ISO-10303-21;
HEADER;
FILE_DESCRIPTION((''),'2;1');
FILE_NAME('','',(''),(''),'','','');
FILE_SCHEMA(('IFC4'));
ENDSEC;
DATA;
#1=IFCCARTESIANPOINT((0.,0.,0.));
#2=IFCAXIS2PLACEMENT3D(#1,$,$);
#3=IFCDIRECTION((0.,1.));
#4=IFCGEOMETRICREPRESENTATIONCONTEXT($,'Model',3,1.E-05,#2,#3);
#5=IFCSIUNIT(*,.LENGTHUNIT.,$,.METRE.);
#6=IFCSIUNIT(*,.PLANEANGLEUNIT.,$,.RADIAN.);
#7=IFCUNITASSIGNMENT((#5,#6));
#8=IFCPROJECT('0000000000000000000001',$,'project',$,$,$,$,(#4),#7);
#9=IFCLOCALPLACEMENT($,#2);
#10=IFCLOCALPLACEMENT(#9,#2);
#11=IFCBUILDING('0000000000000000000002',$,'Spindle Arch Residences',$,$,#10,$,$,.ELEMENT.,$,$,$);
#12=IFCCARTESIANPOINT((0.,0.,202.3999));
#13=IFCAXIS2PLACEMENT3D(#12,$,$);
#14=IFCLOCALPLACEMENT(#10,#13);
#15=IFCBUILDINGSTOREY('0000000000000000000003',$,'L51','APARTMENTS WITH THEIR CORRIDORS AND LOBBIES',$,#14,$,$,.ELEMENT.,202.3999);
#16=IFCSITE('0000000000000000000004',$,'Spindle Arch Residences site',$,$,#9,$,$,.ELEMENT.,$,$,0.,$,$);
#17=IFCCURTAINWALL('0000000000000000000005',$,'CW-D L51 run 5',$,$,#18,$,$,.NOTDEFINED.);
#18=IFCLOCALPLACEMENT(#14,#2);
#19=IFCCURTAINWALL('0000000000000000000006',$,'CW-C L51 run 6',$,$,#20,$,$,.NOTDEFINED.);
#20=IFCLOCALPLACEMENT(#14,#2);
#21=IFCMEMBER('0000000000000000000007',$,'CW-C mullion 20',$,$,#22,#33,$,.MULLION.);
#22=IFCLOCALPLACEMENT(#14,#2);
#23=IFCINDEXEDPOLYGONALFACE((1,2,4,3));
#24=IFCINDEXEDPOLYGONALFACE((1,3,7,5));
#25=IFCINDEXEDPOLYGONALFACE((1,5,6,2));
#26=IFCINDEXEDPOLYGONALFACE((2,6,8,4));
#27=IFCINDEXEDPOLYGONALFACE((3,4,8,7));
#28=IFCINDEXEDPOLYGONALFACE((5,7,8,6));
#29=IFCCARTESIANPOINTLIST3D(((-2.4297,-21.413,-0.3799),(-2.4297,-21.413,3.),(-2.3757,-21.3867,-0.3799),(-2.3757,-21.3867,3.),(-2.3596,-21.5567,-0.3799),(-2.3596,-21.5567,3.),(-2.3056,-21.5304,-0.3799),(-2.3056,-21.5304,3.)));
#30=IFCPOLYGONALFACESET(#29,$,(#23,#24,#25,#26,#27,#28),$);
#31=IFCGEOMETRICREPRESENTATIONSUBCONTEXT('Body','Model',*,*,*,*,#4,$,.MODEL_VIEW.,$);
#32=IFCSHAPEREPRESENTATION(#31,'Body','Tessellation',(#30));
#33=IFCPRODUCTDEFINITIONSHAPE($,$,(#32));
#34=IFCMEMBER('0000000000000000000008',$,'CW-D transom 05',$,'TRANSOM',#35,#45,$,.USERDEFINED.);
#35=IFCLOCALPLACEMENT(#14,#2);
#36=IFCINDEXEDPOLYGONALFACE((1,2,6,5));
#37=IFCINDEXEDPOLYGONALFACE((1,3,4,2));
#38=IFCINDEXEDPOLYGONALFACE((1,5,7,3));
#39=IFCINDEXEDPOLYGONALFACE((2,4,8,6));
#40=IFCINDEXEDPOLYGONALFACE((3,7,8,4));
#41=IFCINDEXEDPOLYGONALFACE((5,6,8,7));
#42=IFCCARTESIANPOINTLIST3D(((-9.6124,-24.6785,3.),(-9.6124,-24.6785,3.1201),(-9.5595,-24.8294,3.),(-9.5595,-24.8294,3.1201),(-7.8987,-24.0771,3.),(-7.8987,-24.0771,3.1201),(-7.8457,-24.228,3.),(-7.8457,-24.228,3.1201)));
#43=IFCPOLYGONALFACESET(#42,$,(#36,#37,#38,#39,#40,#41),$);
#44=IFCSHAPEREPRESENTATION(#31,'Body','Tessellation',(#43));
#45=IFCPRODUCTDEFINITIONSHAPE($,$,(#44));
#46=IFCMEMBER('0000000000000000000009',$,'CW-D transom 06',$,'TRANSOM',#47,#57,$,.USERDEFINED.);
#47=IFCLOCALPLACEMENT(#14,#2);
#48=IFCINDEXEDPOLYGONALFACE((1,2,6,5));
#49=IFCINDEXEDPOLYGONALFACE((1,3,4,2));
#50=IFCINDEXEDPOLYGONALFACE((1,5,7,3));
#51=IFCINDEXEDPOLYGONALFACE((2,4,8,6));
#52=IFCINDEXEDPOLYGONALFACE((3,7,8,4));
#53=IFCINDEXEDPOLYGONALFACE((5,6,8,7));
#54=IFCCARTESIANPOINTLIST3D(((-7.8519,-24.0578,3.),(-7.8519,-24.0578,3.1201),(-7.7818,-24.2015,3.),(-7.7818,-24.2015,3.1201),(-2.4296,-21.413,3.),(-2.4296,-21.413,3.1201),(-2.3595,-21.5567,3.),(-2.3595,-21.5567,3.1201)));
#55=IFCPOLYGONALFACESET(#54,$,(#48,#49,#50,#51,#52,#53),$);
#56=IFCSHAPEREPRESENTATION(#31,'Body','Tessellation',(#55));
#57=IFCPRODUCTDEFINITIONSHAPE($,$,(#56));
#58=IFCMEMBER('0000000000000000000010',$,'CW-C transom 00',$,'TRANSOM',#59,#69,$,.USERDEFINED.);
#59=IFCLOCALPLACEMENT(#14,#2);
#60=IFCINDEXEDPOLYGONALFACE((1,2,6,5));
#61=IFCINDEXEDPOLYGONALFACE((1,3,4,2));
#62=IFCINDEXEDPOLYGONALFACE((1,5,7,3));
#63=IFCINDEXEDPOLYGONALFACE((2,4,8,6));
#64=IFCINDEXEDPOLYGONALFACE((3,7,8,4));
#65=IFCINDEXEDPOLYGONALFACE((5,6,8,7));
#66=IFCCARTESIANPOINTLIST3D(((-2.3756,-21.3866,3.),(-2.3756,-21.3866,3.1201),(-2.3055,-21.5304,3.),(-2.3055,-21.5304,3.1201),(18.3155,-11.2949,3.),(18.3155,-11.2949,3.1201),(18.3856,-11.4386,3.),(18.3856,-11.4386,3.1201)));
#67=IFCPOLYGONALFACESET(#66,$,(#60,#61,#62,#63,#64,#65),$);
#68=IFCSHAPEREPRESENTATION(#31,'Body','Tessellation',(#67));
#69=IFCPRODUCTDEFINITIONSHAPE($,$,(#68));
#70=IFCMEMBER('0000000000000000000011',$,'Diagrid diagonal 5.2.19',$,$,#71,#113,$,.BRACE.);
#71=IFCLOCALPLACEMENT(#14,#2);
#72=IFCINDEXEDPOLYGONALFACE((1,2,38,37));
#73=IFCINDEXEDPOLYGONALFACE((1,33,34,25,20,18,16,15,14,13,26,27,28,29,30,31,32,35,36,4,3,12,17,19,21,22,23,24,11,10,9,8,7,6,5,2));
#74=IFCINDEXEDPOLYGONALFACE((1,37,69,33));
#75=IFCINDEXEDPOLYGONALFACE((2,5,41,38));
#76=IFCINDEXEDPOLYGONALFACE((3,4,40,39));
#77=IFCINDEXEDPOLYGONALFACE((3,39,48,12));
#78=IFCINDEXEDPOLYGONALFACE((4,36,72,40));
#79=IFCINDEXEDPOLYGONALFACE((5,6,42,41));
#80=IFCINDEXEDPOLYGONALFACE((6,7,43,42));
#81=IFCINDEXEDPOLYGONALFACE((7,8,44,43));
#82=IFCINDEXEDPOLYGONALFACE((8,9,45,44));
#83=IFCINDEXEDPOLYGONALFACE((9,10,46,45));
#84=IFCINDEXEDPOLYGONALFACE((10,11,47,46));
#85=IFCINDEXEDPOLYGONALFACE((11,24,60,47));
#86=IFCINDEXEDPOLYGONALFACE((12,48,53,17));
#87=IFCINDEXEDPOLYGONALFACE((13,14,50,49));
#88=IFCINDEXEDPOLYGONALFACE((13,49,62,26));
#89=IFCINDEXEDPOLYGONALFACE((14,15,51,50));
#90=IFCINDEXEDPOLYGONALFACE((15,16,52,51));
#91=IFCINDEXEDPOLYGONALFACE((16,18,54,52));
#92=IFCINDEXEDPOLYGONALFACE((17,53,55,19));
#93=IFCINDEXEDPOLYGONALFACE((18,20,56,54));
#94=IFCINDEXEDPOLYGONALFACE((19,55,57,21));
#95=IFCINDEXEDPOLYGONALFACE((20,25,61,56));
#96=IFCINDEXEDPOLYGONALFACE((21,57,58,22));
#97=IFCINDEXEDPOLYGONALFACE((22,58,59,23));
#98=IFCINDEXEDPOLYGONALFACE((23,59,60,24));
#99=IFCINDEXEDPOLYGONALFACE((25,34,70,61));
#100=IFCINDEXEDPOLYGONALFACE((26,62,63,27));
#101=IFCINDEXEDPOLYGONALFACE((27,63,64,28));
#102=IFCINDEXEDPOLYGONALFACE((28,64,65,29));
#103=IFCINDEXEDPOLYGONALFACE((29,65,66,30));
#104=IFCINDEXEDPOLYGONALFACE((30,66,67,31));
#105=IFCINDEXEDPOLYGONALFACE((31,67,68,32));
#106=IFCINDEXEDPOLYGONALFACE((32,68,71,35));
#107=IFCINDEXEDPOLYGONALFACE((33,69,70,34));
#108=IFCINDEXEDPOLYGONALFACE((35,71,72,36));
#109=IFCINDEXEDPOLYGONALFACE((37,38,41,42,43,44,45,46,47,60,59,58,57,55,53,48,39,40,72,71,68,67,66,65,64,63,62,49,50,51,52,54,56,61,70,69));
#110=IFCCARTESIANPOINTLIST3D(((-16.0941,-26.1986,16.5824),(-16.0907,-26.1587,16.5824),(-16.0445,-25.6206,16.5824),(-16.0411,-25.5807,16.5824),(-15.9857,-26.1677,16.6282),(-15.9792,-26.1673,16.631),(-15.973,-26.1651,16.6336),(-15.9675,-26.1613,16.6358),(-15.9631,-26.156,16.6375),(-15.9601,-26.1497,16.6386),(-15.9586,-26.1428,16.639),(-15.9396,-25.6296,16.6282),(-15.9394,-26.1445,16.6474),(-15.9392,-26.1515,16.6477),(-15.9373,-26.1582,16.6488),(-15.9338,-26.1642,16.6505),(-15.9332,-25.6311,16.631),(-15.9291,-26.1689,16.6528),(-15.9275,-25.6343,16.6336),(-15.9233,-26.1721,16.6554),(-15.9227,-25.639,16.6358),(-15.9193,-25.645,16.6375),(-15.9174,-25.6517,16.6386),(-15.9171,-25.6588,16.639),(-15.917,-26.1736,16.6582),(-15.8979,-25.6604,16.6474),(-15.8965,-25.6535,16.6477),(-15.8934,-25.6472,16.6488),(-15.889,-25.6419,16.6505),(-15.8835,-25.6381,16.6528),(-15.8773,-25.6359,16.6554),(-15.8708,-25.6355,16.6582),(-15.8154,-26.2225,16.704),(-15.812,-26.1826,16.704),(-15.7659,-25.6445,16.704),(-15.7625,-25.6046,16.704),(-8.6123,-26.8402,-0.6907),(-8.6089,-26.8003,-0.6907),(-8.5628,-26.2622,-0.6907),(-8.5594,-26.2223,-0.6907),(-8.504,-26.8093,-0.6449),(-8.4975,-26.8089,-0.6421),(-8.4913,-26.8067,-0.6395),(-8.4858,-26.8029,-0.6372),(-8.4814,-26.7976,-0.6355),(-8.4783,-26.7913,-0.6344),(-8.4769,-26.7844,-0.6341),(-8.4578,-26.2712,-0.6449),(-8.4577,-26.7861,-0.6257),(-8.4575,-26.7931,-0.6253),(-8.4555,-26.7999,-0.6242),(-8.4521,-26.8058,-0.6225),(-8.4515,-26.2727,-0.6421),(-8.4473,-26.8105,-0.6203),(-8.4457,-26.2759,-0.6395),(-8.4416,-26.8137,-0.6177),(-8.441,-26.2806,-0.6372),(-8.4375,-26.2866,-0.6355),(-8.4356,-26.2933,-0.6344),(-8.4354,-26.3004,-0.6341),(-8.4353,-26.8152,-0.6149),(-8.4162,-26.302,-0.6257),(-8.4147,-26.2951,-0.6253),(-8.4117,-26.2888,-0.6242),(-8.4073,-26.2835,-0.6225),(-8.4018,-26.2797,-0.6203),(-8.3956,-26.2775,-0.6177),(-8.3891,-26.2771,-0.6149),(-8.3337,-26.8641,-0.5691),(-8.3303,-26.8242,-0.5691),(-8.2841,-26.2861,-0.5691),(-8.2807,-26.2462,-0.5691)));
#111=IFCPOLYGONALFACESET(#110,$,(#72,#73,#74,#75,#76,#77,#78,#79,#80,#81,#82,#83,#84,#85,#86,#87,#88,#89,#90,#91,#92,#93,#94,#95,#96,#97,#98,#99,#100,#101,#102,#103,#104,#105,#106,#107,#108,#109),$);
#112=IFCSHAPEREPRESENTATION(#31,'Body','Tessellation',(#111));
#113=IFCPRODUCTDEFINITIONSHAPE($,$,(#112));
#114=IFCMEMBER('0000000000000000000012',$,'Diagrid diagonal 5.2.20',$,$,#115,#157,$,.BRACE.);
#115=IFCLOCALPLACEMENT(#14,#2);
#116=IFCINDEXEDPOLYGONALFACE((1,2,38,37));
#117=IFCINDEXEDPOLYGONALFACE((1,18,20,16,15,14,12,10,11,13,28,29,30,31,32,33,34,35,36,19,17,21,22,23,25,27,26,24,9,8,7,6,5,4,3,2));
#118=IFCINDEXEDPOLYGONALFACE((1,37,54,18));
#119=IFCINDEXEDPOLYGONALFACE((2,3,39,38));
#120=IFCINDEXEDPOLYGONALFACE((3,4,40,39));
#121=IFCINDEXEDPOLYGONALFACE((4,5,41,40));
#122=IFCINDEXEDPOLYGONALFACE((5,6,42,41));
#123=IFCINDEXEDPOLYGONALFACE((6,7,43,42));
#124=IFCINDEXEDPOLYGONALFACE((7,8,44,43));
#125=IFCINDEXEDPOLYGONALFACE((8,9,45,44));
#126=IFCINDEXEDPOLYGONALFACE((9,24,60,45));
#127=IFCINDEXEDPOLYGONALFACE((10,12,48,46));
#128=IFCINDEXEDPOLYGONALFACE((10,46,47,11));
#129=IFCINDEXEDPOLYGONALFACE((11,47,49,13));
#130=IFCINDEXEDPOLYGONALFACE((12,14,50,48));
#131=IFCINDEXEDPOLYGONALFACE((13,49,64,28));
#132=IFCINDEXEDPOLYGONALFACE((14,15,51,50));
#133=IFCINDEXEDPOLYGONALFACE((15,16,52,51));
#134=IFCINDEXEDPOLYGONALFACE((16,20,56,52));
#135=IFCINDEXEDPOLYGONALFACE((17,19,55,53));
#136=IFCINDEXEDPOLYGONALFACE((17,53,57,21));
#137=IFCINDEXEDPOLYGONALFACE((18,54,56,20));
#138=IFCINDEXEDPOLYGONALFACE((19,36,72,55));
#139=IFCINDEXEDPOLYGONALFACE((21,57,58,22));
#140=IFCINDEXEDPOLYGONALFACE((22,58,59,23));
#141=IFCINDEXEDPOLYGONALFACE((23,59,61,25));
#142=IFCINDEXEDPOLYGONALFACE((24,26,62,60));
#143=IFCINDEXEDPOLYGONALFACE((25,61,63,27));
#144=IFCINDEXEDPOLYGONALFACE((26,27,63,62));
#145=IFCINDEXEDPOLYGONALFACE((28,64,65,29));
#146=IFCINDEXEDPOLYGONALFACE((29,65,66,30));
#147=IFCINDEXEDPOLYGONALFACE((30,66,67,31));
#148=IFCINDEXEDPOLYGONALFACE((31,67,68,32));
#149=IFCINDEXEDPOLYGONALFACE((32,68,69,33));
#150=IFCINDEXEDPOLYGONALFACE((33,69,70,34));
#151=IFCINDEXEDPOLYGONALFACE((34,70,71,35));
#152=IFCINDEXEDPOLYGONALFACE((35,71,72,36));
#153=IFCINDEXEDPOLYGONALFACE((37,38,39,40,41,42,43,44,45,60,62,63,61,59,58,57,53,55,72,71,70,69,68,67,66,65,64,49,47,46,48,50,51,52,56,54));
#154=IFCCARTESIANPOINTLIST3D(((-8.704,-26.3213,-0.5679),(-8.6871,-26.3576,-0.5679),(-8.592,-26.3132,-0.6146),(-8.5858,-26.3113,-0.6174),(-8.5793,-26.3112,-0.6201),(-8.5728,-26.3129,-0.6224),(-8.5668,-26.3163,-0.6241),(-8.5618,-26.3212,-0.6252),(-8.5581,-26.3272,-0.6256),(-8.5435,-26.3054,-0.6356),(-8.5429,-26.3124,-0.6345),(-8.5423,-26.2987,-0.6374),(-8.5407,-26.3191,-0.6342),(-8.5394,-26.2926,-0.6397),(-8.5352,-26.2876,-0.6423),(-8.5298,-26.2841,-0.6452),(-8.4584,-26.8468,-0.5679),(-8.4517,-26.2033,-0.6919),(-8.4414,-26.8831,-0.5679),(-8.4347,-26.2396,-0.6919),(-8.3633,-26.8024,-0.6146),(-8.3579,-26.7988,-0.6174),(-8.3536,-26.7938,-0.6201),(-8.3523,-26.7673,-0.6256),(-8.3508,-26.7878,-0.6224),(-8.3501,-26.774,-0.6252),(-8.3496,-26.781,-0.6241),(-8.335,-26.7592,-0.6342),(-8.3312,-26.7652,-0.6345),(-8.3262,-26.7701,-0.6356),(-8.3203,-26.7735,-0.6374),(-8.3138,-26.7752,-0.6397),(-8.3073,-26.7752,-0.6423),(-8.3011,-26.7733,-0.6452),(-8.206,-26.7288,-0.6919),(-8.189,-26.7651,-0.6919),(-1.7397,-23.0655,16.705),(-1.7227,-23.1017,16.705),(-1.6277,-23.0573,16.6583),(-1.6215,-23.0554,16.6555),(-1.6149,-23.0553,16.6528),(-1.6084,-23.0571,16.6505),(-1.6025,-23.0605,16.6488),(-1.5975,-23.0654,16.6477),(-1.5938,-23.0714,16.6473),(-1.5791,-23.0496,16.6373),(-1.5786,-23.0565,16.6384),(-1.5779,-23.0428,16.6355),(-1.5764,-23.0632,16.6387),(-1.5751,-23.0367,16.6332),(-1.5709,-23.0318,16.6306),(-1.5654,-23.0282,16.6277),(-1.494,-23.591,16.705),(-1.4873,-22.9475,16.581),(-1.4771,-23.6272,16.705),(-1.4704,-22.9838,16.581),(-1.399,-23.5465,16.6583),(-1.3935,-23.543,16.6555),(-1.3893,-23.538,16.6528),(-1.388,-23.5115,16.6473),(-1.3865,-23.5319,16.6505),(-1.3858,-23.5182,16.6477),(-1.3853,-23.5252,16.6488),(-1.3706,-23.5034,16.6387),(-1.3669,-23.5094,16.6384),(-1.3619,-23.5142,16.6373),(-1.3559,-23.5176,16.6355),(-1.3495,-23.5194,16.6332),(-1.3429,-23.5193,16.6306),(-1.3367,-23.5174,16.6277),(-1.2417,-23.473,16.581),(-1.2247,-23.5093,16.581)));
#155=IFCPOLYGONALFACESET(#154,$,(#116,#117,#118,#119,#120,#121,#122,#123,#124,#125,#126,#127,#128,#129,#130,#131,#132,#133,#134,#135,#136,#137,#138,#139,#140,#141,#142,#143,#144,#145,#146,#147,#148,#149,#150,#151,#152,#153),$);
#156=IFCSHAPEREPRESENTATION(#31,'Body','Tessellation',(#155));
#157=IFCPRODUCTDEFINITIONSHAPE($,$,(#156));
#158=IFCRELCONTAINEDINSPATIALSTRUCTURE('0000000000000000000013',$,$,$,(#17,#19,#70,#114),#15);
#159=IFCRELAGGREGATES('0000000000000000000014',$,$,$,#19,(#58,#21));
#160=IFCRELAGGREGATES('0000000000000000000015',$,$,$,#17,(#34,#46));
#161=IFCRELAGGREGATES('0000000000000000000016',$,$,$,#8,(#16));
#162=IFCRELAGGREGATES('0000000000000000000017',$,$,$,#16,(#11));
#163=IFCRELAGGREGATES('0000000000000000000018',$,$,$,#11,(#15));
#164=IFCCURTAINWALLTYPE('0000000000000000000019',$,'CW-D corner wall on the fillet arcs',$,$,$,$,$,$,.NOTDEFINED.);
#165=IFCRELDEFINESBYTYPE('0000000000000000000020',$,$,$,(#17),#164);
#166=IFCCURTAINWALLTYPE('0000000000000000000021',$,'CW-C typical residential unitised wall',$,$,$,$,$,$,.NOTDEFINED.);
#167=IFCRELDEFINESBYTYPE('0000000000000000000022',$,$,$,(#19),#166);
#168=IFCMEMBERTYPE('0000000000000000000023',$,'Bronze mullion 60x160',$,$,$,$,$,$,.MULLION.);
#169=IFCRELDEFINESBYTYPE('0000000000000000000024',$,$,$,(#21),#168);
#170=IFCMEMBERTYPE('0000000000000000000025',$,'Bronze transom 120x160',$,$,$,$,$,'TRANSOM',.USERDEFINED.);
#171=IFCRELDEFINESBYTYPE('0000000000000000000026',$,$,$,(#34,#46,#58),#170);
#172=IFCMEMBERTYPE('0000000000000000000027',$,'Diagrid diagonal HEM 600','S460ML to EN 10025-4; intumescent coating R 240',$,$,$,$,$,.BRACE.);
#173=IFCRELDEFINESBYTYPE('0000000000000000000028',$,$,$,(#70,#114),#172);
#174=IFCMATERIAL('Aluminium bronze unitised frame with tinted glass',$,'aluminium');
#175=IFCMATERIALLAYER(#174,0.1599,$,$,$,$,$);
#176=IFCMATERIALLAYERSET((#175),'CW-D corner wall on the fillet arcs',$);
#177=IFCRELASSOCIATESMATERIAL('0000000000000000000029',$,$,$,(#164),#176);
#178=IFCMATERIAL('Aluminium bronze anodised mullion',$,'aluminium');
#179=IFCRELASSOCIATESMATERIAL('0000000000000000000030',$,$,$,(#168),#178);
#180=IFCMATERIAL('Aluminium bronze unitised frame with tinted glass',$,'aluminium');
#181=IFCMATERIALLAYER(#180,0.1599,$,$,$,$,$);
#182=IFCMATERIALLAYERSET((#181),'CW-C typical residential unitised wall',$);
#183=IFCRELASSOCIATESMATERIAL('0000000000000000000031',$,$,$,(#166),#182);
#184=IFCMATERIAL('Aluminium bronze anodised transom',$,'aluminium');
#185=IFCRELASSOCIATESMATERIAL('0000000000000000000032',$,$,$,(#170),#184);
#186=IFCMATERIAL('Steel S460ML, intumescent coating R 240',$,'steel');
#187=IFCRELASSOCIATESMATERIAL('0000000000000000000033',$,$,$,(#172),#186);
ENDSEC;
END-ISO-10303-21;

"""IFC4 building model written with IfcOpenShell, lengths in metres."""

from ifc_helpers import new_model, si_unit, direction, frame, origin, origin_2d, place, context, subcontext, project, spatial, rectangle, i_section, extrude, material, layer, layer_set, material_profile, profile_set, type_object, element, aggregate, save


model = new_model("IFC4")

# Units and contexts
model_context = context("Model", 3, precision=1e-05, world=origin(), true_north=direction((0.0, 1.0)))
body_context = subcontext(model_context, "Body", "Model", "MODEL_VIEW")
ifc_project = project(units=[si_unit("LENGTHUNIT", "METRE"), si_unit("PLANEANGLEUNIT", "RADIAN")], contexts=[model_context])

# Site, building, storey
site_placement = place(None, origin())
site = spatial("IfcSite", under=ifc_project, at=site_placement, Name="Spindle Arch Residences site", CompositionType="ELEMENT", RefElevation=0.0)
building_placement = place(site_placement, origin())
building = spatial("IfcBuilding", under=site, at=building_placement, Name="Spindle Arch Residences", CompositionType="ELEMENT")
storey_placement = place(building_placement, frame((0.0, 0.0, 202.3999)))
storey = spatial("IfcBuildingStorey", under=building, at=storey_placement, Name="L51", Description="APARTMENTS WITH THEIR CORRIDORS AND LOBBIES", CompositionType="ELEMENT", Elevation=202.3999)

# Curtain wall
ifc_material_1 = material(Name="Aluminium bronze unitised frame with tinted glass", Category="aluminium")
ifc_layer_1 = layer(ifc_material_1, 0.1599)
ifc_layer_set_1 = layer_set([ifc_layer_1], Name="CW-D corner wall on the fillet arcs")
curtain_wall_type_1 = type_object("IfcCurtainWallType", Name="CW-D corner wall on the fillet arcs", PredefinedType="NOTDEFINED", material=ifc_layer_set_1)
curtain_wall_1_placement = place(storey_placement, origin())
curtain_wall_1 = element("IfcCurtainWall", 1, at=curtain_wall_1_placement, inside=storey, type_object=curtain_wall_type_1, Name="CW-D L51 run 5", PredefinedType="NOTDEFINED")
ifc_material_2 = material(Name="Aluminium bronze anodised mullion", Category="aluminium")
ifc_material_profile_1 = material_profile(ifc_material_2, rectangle(XDim=0.1599, YDim=0.0601, at=origin_2d()), Name="MU 60x160")
ifc_profile_set_1 = profile_set([ifc_material_profile_1], Name="Aluminium bronze anodised mullion")
member_type_1 = type_object("IfcMemberType", Name="Bronze mullion 60x160", PredefinedType="MULLION", material=ifc_profile_set_1)

# Curtain wall, member
ifc_material_3 = material(Name="Aluminium bronze unitised frame with tinted glass", Category="aluminium")
ifc_layer_2 = layer(ifc_material_3, 0.1599)
ifc_layer_set_2 = layer_set([ifc_layer_2], Name="CW-C typical residential unitised wall")
curtain_wall_type_2 = type_object("IfcCurtainWallType", Name="CW-C typical residential unitised wall", PredefinedType="NOTDEFINED", material=ifc_layer_set_2)
curtain_wall_2_placement = place(storey_placement, origin())
curtain_wall_2 = element("IfcCurtainWall", 2, at=curtain_wall_2_placement, inside=storey, type_object=curtain_wall_type_2, Name="CW-C L51 run 6", PredefinedType="NOTDEFINED")
member_1_placement = place(storey_placement, frame((-2.3677, -21.4717, -0.3799), z_axis=(0.0, 0.0, 1.0), x_axis=(-0.438371, 0.898794, 0.0)))
member_1 = element("IfcMember", 3, at=member_1_placement, type_object=member_type_1, Name="CW-C mullion 20", PredefinedType="MULLION", context=body_context, shape_type="SweptSolid", body=[
    extrude(rectangle(XDim=0.1599, YDim=0.0601, at=origin_2d()), origin(), (0.0, 0.0, 1.0), 3.3799),
])

# Members
ifc_material_4 = material(Name="Aluminium bronze anodised transom", Category="aluminium")
ifc_material_profile_2 = material_profile(ifc_material_4, rectangle(XDim=0.1599, YDim=0.1201, at=origin_2d()), Name="TR 120x160")
ifc_profile_set_2 = profile_set([ifc_material_profile_2], Name="Aluminium bronze anodised transom")
member_type_2 = type_object("IfcMemberType", Name="Bronze transom 120x160", ElementType="TRANSOM", PredefinedType="USERDEFINED", material=ifc_profile_set_2)
member_2_placement = place(storey_placement, frame((-9.5859, -24.7539, 3.0601), z_axis=(0.943592, 0.331111, 0.0), x_axis=(-0.331111, 0.943592, 0.0)))
member_2 = element("IfcMember", 4, at=member_2_placement, type_object=member_type_2, Name="CW-D transom 05", ObjectType="TRANSOM", PredefinedType="USERDEFINED", context=body_context, shape_type="SweptSolid", body=[
    extrude(rectangle(XDim=0.1599, YDim=0.1201, at=origin_2d()), origin(), (0.0, 0.0, 1.0), 1.8162),
])
member_3_placement = place(storey_placement, frame((-7.8169, -24.1296, 3.0601), z_axis=(0.898787, 0.438386, 0.0), x_axis=(-0.438386, 0.898787, 0.0)))
member_3 = element("IfcMember", 5, at=member_3_placement, type_object=member_type_2, Name="CW-D transom 06", ObjectType="TRANSOM", PredefinedType="USERDEFINED", context=body_context, shape_type="SweptSolid", body=[
    extrude(rectangle(XDim=0.1599, YDim=0.1201, at=origin_2d()), origin(), (0.0, 0.0, 1.0), 6.033),
])
member_4_placement = place(storey_placement, frame((-2.3406, -21.4585, 3.0601), z_axis=(0.898793, 0.438373, 0.0), x_axis=(-0.438373, 0.898793, 0.0)))
member_4 = element("IfcMember", 6, at=member_4_placement, type_object=member_type_2, Name="CW-C transom 00", ObjectType="TRANSOM", PredefinedType="USERDEFINED", context=body_context, shape_type="SweptSolid", body=[
    extrude(rectangle(XDim=0.1599, YDim=0.1201, at=origin_2d()), origin(), (0.0, 0.0, 1.0), 23.021),
])
aggregate(curtain_wall_2, [member_4, member_1])

# Members
ifc_material_5 = material(Name="Steel S460ML, intumescent coating R 240", Category="steel")
ifc_material_profile_3 = material_profile(ifc_material_5, i_section(OverallWidth=0.3049, OverallDepth=0.6201, WebThickness=0.021, FlangeThickness=0.04, FilletRadius=0.0271, at=origin_2d()), Name="HEM 600")
ifc_profile_set_3 = profile_set([ifc_material_profile_3], Name="Steel S460ML, intumescent coating R 240")
member_type_3 = type_object("IfcMemberType", Name="Diagrid diagonal HEM 600", Description="S460ML to EN 10025-4; intumescent coating R 240", PredefinedType="BRACE", material=ifc_profile_set_3)
member_5_placement = place(storey_placement, frame((-8.4465, -26.5432, -0.6299), z_axis=(-0.397231, 0.034065, 0.917086), x_axis=(0.913732, -0.078358, 0.398689)))
element("IfcMember", 7, at=member_5_placement, inside=storey, type_object=member_type_3, Name="Diagrid diagonal 5.2.19", PredefinedType="BRACE", context=body_context, shape_type="SweptSolid", body=[
    extrude(i_section(OverallWidth=0.3049, OverallDepth=0.6201, WebThickness=0.021, FlangeThickness=0.04, FilletRadius=0.0271, at=origin_2d()), origin(), (0.0, 0.0, 1.0), 18.8347),
])
member_6_placement = place(storey_placement, frame((-8.4465, -26.5432, -0.6299), z_axis=(0.368357, 0.172208, 0.913596), x_axis=(-0.82762, -0.386915, 0.406623)))
element("IfcMember", 8, at=member_6_placement, inside=storey, type_object=member_type_3, Name="Diagrid diagonal 5.2.20", PredefinedType="BRACE", context=body_context, shape_type="SweptSolid", body=[
    extrude(i_section(OverallWidth=0.3049, OverallDepth=0.6201, WebThickness=0.021, FlangeThickness=0.04, FilletRadius=0.0271, at=origin_2d()), origin(), (0.0, 0.0, 1.0), 18.9065),
])

aggregate(curtain_wall_1, [member_2, member_3])

save(model, "model.ifc")
